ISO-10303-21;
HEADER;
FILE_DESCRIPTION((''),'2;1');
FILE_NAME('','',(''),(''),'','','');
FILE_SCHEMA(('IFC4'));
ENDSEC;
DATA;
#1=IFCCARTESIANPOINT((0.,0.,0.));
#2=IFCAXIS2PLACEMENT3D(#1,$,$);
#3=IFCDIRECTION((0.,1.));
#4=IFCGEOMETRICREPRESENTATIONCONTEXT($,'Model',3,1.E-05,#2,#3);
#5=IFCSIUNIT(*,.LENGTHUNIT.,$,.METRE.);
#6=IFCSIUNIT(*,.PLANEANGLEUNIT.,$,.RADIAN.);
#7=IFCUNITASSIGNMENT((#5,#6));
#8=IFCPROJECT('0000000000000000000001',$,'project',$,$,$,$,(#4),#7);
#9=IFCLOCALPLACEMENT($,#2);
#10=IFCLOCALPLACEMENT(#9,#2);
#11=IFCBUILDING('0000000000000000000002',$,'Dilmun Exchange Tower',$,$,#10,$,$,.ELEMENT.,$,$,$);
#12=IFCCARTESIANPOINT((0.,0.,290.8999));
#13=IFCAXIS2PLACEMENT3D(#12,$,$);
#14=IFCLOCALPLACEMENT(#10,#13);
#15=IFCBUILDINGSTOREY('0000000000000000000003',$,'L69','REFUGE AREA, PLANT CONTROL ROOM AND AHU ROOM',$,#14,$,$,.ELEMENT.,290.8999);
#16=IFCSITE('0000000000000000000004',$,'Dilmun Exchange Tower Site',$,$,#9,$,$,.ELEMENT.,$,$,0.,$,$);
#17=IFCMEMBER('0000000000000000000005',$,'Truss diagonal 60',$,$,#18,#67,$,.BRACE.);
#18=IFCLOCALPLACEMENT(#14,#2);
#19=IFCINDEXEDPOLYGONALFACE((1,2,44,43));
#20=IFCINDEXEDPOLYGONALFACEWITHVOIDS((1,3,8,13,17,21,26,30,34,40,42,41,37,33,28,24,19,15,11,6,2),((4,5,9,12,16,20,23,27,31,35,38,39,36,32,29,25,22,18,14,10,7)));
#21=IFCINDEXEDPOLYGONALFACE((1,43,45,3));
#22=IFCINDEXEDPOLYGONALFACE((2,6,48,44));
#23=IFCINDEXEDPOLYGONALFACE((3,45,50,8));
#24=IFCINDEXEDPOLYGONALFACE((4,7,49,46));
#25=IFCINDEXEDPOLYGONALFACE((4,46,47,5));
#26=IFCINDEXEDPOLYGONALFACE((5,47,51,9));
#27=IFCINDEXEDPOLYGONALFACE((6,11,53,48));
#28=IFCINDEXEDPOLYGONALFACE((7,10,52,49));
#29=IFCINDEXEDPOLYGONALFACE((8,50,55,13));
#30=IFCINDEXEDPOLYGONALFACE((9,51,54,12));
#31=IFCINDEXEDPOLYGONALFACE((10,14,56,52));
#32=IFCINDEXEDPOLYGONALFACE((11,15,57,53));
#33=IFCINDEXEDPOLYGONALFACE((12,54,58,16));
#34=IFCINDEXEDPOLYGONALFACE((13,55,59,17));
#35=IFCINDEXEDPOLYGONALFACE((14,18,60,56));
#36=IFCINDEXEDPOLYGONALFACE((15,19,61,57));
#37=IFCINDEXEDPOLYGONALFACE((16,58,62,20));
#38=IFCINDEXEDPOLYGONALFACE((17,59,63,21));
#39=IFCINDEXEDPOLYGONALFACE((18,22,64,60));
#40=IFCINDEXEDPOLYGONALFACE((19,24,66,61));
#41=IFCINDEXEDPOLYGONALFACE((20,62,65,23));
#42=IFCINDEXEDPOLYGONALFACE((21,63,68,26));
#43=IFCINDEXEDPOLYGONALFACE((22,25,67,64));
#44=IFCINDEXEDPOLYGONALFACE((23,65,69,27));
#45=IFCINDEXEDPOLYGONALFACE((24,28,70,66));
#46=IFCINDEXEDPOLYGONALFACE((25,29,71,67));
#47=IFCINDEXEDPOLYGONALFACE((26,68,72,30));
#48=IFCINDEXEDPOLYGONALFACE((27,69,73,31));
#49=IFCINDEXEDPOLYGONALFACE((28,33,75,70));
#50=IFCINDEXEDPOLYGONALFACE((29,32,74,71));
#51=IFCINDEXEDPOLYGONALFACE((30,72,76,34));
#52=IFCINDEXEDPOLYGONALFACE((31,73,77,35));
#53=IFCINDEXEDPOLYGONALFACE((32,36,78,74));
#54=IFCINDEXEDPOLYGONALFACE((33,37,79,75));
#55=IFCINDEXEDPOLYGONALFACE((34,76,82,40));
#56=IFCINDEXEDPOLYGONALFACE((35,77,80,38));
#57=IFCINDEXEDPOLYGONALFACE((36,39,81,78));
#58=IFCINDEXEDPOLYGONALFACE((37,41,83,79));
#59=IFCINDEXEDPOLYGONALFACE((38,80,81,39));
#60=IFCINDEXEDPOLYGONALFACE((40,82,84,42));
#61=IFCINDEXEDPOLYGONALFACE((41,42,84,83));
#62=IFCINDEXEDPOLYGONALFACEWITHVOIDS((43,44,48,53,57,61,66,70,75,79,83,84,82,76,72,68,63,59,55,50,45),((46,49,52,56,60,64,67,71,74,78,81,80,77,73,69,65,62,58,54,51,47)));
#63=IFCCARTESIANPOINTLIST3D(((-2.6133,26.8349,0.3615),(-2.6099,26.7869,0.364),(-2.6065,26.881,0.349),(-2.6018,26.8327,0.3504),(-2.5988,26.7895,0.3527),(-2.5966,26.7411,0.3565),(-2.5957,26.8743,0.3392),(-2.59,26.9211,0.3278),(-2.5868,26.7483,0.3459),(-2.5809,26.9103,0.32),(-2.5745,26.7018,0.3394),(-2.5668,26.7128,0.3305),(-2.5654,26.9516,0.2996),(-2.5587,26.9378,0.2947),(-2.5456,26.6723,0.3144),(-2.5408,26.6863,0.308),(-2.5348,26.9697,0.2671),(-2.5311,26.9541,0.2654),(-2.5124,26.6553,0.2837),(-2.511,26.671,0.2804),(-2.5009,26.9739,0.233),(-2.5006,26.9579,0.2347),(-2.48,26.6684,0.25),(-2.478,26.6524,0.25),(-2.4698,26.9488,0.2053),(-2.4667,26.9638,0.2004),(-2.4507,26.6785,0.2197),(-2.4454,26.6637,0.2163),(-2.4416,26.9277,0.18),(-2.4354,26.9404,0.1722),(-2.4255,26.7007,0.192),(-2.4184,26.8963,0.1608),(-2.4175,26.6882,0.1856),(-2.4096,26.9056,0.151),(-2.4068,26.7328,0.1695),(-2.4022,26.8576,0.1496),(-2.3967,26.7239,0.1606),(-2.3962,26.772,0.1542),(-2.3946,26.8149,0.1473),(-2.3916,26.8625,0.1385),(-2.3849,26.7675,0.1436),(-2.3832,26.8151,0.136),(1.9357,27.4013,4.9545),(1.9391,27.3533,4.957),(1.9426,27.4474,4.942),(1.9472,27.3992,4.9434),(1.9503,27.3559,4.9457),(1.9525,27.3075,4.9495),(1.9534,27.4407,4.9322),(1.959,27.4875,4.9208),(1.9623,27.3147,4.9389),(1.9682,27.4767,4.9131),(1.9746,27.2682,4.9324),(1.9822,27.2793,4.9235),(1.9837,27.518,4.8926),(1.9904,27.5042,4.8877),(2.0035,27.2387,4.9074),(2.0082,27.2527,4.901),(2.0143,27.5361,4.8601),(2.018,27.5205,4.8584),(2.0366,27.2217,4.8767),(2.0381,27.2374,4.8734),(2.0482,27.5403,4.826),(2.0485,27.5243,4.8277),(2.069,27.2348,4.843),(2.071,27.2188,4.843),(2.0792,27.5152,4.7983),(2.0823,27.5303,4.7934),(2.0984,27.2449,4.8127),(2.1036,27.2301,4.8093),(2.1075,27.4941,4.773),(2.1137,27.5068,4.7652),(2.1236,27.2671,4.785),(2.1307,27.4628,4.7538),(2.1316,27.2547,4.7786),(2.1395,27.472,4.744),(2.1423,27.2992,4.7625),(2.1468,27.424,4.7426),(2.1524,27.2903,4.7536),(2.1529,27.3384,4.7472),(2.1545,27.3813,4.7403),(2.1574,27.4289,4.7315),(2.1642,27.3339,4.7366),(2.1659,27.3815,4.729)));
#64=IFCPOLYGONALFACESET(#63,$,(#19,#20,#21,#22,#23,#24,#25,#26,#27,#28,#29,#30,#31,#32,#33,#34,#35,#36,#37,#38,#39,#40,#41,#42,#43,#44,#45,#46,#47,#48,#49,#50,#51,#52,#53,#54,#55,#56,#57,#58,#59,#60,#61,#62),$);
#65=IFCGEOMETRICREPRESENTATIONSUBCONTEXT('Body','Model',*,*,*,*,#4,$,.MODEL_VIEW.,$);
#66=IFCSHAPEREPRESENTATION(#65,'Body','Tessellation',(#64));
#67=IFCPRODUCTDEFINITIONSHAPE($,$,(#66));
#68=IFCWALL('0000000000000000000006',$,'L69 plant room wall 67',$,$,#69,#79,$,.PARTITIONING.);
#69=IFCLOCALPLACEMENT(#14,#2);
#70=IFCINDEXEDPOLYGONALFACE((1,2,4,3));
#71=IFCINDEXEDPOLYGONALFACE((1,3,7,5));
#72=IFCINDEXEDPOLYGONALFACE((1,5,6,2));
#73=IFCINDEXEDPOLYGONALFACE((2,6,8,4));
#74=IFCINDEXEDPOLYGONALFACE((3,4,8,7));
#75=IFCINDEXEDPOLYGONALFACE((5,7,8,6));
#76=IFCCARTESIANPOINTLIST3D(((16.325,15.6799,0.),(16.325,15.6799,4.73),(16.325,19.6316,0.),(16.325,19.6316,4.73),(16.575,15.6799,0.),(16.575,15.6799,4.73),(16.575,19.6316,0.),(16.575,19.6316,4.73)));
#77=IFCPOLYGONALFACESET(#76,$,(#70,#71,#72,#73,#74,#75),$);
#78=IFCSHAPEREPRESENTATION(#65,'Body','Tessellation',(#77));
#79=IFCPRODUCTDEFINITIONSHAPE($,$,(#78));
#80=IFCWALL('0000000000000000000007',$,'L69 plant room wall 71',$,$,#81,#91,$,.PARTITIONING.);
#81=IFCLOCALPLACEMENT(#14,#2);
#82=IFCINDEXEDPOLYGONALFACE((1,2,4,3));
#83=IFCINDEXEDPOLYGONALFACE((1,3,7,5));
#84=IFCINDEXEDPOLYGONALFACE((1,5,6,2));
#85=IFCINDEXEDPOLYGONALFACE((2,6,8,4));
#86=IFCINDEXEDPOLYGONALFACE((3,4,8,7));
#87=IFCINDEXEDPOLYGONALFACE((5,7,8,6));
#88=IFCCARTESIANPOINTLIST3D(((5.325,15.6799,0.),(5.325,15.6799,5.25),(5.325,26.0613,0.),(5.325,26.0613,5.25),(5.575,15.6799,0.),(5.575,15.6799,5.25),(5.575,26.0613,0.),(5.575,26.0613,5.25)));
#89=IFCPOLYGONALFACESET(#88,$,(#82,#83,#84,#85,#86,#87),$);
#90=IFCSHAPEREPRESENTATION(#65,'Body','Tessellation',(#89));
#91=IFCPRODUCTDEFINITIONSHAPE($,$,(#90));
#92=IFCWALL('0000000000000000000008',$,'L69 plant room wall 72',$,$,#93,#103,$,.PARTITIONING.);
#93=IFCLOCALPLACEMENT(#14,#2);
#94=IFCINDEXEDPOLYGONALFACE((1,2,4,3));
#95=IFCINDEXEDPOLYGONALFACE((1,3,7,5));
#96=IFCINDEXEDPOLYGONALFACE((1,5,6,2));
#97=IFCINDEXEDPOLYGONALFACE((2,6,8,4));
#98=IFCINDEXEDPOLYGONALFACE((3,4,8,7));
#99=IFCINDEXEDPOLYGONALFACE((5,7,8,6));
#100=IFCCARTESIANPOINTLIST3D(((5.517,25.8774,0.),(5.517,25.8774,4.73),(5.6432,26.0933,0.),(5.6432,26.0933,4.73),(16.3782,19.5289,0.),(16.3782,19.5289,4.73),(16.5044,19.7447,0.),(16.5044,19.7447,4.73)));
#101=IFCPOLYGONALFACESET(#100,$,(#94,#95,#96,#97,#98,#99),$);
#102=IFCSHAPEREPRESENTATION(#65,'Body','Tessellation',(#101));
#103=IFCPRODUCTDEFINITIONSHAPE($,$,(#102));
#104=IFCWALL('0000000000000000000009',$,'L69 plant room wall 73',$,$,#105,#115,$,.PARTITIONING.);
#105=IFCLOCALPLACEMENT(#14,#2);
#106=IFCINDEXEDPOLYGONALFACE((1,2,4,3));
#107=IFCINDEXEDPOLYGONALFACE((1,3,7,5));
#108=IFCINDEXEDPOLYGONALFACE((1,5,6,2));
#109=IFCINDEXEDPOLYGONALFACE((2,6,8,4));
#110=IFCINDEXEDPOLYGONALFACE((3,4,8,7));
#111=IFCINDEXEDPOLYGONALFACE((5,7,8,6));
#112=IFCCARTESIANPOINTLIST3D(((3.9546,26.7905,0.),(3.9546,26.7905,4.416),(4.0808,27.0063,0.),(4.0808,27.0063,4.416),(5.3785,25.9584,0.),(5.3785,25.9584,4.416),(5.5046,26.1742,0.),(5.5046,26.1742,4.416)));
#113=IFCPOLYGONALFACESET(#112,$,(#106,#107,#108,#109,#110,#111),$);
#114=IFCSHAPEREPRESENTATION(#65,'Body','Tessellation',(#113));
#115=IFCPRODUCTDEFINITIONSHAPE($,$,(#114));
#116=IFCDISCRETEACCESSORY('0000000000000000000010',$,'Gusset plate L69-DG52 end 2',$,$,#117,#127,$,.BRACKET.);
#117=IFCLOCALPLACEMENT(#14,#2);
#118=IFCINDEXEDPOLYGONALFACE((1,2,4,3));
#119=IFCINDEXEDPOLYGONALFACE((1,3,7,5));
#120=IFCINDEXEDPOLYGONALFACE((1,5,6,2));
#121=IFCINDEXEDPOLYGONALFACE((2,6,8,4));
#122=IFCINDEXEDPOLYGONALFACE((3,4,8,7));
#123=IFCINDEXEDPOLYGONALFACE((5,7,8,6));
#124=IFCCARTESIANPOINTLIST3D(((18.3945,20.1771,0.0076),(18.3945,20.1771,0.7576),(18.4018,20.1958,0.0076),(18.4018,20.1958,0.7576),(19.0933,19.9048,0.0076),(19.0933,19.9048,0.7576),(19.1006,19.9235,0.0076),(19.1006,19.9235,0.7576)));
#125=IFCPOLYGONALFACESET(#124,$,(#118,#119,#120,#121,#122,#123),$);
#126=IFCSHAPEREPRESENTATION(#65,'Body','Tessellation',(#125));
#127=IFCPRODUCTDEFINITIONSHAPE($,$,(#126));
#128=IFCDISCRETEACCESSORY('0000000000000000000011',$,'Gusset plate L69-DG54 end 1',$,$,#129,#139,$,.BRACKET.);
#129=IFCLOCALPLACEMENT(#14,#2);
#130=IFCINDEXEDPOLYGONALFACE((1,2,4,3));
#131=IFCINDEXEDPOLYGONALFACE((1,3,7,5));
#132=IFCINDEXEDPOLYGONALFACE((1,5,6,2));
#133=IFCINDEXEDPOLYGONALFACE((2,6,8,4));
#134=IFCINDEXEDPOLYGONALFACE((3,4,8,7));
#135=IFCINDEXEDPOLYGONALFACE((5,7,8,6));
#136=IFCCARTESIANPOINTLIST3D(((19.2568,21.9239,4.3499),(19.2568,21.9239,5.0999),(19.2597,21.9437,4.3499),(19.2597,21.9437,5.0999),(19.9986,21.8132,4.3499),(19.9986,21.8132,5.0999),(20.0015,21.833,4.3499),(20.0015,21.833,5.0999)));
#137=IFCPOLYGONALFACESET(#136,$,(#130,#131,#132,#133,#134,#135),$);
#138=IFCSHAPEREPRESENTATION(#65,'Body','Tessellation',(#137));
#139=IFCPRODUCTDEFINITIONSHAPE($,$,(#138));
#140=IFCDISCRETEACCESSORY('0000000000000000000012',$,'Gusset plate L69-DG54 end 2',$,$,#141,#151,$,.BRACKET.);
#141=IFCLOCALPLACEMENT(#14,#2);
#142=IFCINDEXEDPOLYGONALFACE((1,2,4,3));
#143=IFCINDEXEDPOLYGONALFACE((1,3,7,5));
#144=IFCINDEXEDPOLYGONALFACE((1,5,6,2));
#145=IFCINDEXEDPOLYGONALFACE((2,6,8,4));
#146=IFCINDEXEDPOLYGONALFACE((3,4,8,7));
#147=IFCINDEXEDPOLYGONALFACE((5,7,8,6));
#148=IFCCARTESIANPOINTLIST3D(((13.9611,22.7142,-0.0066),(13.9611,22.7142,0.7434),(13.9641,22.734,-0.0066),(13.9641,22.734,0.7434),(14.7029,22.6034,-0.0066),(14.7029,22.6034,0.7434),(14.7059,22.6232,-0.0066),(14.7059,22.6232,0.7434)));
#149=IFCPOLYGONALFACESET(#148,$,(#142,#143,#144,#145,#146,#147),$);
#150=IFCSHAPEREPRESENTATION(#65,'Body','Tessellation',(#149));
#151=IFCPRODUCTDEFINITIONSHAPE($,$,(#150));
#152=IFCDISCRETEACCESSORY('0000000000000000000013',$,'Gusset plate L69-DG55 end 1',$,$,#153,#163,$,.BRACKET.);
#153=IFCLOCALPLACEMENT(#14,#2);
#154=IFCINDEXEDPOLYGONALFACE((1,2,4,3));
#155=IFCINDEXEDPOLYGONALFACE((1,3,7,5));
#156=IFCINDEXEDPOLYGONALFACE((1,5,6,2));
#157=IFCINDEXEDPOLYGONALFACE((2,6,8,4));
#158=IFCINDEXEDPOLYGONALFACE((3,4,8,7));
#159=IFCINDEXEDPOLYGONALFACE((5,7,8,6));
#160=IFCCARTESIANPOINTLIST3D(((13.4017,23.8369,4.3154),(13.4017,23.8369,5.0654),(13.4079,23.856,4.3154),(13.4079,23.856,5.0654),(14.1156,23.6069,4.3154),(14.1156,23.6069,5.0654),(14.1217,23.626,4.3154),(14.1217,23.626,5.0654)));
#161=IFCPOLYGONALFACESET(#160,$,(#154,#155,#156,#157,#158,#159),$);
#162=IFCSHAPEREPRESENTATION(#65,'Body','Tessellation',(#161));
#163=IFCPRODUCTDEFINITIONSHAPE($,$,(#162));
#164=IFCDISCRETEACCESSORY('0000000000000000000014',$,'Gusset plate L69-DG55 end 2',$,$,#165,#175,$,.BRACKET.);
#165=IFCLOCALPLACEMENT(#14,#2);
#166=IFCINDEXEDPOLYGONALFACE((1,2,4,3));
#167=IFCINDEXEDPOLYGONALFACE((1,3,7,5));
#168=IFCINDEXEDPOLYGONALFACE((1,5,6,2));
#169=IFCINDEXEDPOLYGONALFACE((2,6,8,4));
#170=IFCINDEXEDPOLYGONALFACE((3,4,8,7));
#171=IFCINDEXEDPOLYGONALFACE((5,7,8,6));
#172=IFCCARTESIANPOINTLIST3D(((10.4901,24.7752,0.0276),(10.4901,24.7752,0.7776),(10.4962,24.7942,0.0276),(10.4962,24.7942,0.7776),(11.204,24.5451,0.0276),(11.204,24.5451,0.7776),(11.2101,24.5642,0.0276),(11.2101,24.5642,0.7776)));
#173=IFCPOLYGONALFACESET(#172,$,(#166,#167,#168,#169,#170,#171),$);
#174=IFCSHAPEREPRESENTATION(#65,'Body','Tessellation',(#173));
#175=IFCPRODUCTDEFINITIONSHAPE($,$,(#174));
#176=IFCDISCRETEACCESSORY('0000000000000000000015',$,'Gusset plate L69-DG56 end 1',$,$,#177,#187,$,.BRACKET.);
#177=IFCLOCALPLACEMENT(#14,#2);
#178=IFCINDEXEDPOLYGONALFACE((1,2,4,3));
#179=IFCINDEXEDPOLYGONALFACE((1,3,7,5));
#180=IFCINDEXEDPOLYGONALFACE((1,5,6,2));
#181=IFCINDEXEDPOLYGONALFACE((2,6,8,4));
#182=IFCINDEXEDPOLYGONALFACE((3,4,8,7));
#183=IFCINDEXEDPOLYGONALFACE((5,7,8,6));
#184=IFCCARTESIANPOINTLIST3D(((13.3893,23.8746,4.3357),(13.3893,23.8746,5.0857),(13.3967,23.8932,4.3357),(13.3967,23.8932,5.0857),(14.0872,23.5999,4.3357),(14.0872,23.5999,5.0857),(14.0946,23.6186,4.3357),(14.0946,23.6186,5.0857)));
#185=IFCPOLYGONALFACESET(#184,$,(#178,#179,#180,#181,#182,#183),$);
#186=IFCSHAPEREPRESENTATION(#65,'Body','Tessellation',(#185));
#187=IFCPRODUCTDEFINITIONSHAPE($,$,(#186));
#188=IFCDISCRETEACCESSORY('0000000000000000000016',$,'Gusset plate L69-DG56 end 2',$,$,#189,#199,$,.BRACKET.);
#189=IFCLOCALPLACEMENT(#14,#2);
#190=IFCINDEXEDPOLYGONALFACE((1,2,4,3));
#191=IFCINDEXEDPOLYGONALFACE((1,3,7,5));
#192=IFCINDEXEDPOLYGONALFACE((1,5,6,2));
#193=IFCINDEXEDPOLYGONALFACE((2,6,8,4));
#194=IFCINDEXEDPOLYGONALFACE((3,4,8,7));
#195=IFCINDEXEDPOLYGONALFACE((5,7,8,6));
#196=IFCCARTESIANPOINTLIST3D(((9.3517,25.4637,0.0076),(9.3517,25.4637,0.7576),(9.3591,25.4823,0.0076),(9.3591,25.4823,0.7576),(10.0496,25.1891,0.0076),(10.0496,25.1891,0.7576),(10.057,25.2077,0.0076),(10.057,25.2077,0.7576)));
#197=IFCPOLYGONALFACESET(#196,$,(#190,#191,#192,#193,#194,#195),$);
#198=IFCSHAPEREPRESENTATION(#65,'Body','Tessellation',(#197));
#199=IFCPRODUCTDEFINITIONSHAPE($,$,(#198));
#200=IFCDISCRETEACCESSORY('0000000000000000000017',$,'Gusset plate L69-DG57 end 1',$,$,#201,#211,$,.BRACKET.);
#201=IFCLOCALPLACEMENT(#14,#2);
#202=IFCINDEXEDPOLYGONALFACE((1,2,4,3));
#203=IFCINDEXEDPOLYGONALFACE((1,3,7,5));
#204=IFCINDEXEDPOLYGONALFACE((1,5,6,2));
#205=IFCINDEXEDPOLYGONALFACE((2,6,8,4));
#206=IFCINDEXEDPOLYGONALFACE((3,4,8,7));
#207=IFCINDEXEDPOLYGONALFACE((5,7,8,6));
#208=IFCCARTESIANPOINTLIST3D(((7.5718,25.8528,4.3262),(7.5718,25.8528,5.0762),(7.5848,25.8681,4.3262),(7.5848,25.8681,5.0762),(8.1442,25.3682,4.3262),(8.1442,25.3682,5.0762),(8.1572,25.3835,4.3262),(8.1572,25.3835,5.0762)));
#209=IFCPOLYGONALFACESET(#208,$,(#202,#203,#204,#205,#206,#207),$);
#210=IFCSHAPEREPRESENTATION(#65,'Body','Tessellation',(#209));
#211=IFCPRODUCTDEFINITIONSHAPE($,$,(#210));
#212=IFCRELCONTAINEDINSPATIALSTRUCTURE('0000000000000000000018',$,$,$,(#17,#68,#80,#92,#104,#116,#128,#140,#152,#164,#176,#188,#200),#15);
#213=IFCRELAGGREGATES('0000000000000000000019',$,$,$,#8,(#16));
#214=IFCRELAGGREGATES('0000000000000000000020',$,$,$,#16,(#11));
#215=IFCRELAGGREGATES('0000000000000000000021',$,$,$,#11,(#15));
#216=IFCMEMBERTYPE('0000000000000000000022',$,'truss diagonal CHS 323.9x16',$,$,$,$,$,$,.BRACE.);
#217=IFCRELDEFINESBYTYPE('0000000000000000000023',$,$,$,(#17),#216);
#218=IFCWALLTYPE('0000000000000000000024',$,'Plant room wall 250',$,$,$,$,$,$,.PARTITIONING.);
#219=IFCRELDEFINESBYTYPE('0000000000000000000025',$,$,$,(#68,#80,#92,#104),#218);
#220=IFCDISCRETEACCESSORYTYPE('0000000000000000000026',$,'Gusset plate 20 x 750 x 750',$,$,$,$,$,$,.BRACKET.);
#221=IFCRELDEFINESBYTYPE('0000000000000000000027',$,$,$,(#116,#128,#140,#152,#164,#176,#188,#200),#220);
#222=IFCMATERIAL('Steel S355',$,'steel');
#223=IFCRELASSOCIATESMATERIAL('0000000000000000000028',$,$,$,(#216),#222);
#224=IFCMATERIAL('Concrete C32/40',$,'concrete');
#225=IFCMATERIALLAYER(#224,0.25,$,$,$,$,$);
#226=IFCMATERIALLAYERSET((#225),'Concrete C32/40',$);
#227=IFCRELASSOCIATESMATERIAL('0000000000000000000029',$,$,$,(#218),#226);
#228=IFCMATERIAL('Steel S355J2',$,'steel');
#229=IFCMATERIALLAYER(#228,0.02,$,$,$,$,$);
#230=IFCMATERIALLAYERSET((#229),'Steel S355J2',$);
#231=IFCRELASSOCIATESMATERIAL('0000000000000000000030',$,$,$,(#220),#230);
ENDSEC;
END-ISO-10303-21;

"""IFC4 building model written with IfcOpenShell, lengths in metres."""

from ifc_helpers import new_model, si_unit, direction, frame, frame_2d, origin, origin_2d, place, context, subcontext, project, spatial, rectangle, hollow_circle, extrude, material, layer, layer_set, material_profile, profile_set, type_object, element, save


model = new_model("IFC4")

# Units and contexts
model_context = context("Model", 3, precision=1e-05, world=origin(), true_north=direction((0.0, 1.0)))
body_context = subcontext(model_context, "Body", "Model", "MODEL_VIEW")
ifc_project = project(units=[si_unit("LENGTHUNIT", "METRE"), si_unit("PLANEANGLEUNIT", "RADIAN")], contexts=[model_context])

# Site, building, storey
site_placement = place(None, origin())
site = spatial("IfcSite", under=ifc_project, at=site_placement, Name="Dilmun Exchange Tower Site", CompositionType="ELEMENT", RefElevation=0.0)
building_placement = place(site_placement, origin())
building = spatial("IfcBuilding", under=site, at=building_placement, Name="Dilmun Exchange Tower", CompositionType="ELEMENT")
storey_placement = place(building_placement, frame((0.0, 0.0, 290.8999)))
storey = spatial("IfcBuildingStorey", under=building, at=storey_placement, Name="L69", Description="REFUGE AREA, PLANT CONTROL ROOM AND AHU ROOM", CompositionType="ELEMENT", Elevation=290.8999)

# Shared definitions
ifc_material_1 = material(Name="Steel S355", Category="steel")

# Member
ifc_material_profile_1 = material_profile(ifc_material_1, hollow_circle(Radius=0.1619, WallThickness=0.0161, at=origin_2d()), Name="CHS 323.9x16")
ifc_profile_set_1 = profile_set([ifc_material_profile_1], Name="Steel S355")
member_type = type_object("IfcMemberType", Name="truss diagonal CHS 323.9x16", PredefinedType="BRACE", material=ifc_profile_set_1)
member_1_placement = place(storey_placement, frame((2.051, 27.3794, 4.843), z_axis=(-0.701014, -0.087283, -0.707786), x_axis=(0.123556, -0.992338, 0.0)))
element("IfcMember", 1, at=member_1_placement, inside=storey, type_object=member_type, Name="Truss diagonal 60", PredefinedType="BRACE", context=body_context, shape_type="SweptSolid", body=[
    extrude(hollow_circle(Radius=0.1619, WallThickness=0.0161, at=origin_2d()), origin(), (0.0, 0.0, 1.0), 6.4893),
])

# Walls
ifc_material_2 = material(Name="Concrete C32/40", Category="concrete")
ifc_layer_1 = layer(ifc_material_2, 0.25)
ifc_layer_set_1 = layer_set([ifc_layer_1], Name="Concrete C32/40")
wall_type = type_object("IfcWallType", Name="Plant room wall 250", PredefinedType="PARTITIONING", material=ifc_layer_set_1)
wall_1_placement = place(storey_placement, frame((16.45, 15.6799, 0.0), z_axis=(0.0, 0.0, 1.0), x_axis=(0.0, 1.0, 0.0)))
element("IfcWall", 2, at=wall_1_placement, inside=storey, type_object=wall_type, Name="L69 plant room wall 67", PredefinedType="PARTITIONING", context=body_context, shape_type="SweptSolid", body=[
    extrude(rectangle(XDim=3.9517, YDim=0.25, at=frame_2d((1.9758, 0.0))), origin(), (0.0, 0.0, 1.0), 4.73),
])
wall_2_placement = place(storey_placement, frame((5.45, 15.6799, 0.0), z_axis=(0.0, 0.0, 1.0), x_axis=(0.0, 1.0, 0.0)))
element("IfcWall", 3, at=wall_2_placement, inside=storey, type_object=wall_type, Name="L69 plant room wall 71", PredefinedType="PARTITIONING", context=body_context, shape_type="SweptSolid", body=[
    extrude(rectangle(XDim=10.3813, YDim=0.25, at=frame_2d((5.1907, 0.0))), origin(), (0.0, 0.0, 1.0), 5.25),
])
wall_3_placement = place(storey_placement, frame((5.5801, 25.9854, 0.0), z_axis=(0.0, 0.0, 1.0), x_axis=(0.863334, -0.504633, 0.0)))
element("IfcWall", 4, at=wall_3_placement, inside=storey, type_object=wall_type, Name="L69 plant room wall 72", PredefinedType="PARTITIONING", context=body_context, shape_type="SweptSolid", body=[
    extrude(rectangle(XDim=12.5806, YDim=0.25, at=frame_2d((6.2903, 0.0))), origin(), (0.0, 0.0, 1.0), 4.73),
])
wall_4_placement = place(storey_placement, frame((4.0176, 26.8984, 0.0), z_axis=(0.0, 0.0, 1.0), x_axis=(0.863392, -0.504534, 0.0)))
element("IfcWall", 5, at=wall_4_placement, inside=storey, type_object=wall_type, Name="L69 plant room wall 73", PredefinedType="PARTITIONING", context=body_context, shape_type="SweptSolid", body=[
    extrude(rectangle(XDim=1.6492, YDim=0.25, at=frame_2d((0.8247, 0.0))), origin(), (0.0, 0.0, 1.0), 4.416),
])

# Discrete accessories
ifc_material_3 = material(Name="Steel S355J2", Category="steel")
ifc_layer_2 = layer(ifc_material_3, 0.02)
ifc_layer_set_2 = layer_set([ifc_layer_2], Name="Steel S355J2")
discrete_accessory_type = type_object("IfcDiscreteAccessoryType", Name="Gusset plate 20 x 750 x 750", PredefinedType="BRACKET", material=ifc_layer_set_2)
for number, where, z_axis, x_axis, name in (
    (6, (18.7476, 20.0503, 0.0076), (0.0, 0.0, 1.0), (-0.931776, 0.363033, 0.0), "Gusset plate L69-DG52 end 2"),
    (7, (19.6292, 21.8784, 4.3499), (0.0, 0.0, 1.0), (-0.989045, 0.147614, 0.0), "Gusset plate L69-DG54 end 1"),
    (8, (14.3335, 22.6687, -0.0066), (0.0, 0.0, 1.0), (-0.989045, 0.147614, 0.0), "Gusset plate L69-DG54 end 2"),
    (9, (13.7617, 23.7314, 4.3154), (0.0, 0.0, 1.0), (-0.951812, 0.306682, 0.0), "Gusset plate L69-DG55 end 1"),
    (10, (10.8501, 24.6697, 0.0276), (0.0, 0.0, 1.0), (-0.951812, 0.306682, 0.0), "Gusset plate L69-DG55 end 2"),
    (11, (13.7419, 23.7466, 4.3357), (0.0, 0.0, 1.0), (-0.930532, 0.366211, 0.0), "Gusset plate L69-DG56 end 1"),
    (12, (9.7043, 25.3357, 0.0076), (0.0, 0.0, 1.0), (-0.930532, 0.366211, 0.0), "Gusset plate L69-DG56 end 2"),
    (13, (7.8645, 25.6182, 4.3262), (0.0, 0.0, 1.0), (-0.76317, 0.646197, 0.0), "Gusset plate L69-DG57 end 1"),
):
    element("IfcDiscreteAccessory", number, at=place(storey_placement, frame(where, z_axis=z_axis, x_axis=x_axis)), inside=storey, type_object=discrete_accessory_type, Name=name, PredefinedType="BRACKET", context=body_context, shape_type="SweptSolid", body=[
        extrude(rectangle(XDim=0.75, YDim=0.02, at=origin_2d()), origin(), (0.0, 0.0, 1.0), 0.75),
    ])

save(model, "model.ifc")
